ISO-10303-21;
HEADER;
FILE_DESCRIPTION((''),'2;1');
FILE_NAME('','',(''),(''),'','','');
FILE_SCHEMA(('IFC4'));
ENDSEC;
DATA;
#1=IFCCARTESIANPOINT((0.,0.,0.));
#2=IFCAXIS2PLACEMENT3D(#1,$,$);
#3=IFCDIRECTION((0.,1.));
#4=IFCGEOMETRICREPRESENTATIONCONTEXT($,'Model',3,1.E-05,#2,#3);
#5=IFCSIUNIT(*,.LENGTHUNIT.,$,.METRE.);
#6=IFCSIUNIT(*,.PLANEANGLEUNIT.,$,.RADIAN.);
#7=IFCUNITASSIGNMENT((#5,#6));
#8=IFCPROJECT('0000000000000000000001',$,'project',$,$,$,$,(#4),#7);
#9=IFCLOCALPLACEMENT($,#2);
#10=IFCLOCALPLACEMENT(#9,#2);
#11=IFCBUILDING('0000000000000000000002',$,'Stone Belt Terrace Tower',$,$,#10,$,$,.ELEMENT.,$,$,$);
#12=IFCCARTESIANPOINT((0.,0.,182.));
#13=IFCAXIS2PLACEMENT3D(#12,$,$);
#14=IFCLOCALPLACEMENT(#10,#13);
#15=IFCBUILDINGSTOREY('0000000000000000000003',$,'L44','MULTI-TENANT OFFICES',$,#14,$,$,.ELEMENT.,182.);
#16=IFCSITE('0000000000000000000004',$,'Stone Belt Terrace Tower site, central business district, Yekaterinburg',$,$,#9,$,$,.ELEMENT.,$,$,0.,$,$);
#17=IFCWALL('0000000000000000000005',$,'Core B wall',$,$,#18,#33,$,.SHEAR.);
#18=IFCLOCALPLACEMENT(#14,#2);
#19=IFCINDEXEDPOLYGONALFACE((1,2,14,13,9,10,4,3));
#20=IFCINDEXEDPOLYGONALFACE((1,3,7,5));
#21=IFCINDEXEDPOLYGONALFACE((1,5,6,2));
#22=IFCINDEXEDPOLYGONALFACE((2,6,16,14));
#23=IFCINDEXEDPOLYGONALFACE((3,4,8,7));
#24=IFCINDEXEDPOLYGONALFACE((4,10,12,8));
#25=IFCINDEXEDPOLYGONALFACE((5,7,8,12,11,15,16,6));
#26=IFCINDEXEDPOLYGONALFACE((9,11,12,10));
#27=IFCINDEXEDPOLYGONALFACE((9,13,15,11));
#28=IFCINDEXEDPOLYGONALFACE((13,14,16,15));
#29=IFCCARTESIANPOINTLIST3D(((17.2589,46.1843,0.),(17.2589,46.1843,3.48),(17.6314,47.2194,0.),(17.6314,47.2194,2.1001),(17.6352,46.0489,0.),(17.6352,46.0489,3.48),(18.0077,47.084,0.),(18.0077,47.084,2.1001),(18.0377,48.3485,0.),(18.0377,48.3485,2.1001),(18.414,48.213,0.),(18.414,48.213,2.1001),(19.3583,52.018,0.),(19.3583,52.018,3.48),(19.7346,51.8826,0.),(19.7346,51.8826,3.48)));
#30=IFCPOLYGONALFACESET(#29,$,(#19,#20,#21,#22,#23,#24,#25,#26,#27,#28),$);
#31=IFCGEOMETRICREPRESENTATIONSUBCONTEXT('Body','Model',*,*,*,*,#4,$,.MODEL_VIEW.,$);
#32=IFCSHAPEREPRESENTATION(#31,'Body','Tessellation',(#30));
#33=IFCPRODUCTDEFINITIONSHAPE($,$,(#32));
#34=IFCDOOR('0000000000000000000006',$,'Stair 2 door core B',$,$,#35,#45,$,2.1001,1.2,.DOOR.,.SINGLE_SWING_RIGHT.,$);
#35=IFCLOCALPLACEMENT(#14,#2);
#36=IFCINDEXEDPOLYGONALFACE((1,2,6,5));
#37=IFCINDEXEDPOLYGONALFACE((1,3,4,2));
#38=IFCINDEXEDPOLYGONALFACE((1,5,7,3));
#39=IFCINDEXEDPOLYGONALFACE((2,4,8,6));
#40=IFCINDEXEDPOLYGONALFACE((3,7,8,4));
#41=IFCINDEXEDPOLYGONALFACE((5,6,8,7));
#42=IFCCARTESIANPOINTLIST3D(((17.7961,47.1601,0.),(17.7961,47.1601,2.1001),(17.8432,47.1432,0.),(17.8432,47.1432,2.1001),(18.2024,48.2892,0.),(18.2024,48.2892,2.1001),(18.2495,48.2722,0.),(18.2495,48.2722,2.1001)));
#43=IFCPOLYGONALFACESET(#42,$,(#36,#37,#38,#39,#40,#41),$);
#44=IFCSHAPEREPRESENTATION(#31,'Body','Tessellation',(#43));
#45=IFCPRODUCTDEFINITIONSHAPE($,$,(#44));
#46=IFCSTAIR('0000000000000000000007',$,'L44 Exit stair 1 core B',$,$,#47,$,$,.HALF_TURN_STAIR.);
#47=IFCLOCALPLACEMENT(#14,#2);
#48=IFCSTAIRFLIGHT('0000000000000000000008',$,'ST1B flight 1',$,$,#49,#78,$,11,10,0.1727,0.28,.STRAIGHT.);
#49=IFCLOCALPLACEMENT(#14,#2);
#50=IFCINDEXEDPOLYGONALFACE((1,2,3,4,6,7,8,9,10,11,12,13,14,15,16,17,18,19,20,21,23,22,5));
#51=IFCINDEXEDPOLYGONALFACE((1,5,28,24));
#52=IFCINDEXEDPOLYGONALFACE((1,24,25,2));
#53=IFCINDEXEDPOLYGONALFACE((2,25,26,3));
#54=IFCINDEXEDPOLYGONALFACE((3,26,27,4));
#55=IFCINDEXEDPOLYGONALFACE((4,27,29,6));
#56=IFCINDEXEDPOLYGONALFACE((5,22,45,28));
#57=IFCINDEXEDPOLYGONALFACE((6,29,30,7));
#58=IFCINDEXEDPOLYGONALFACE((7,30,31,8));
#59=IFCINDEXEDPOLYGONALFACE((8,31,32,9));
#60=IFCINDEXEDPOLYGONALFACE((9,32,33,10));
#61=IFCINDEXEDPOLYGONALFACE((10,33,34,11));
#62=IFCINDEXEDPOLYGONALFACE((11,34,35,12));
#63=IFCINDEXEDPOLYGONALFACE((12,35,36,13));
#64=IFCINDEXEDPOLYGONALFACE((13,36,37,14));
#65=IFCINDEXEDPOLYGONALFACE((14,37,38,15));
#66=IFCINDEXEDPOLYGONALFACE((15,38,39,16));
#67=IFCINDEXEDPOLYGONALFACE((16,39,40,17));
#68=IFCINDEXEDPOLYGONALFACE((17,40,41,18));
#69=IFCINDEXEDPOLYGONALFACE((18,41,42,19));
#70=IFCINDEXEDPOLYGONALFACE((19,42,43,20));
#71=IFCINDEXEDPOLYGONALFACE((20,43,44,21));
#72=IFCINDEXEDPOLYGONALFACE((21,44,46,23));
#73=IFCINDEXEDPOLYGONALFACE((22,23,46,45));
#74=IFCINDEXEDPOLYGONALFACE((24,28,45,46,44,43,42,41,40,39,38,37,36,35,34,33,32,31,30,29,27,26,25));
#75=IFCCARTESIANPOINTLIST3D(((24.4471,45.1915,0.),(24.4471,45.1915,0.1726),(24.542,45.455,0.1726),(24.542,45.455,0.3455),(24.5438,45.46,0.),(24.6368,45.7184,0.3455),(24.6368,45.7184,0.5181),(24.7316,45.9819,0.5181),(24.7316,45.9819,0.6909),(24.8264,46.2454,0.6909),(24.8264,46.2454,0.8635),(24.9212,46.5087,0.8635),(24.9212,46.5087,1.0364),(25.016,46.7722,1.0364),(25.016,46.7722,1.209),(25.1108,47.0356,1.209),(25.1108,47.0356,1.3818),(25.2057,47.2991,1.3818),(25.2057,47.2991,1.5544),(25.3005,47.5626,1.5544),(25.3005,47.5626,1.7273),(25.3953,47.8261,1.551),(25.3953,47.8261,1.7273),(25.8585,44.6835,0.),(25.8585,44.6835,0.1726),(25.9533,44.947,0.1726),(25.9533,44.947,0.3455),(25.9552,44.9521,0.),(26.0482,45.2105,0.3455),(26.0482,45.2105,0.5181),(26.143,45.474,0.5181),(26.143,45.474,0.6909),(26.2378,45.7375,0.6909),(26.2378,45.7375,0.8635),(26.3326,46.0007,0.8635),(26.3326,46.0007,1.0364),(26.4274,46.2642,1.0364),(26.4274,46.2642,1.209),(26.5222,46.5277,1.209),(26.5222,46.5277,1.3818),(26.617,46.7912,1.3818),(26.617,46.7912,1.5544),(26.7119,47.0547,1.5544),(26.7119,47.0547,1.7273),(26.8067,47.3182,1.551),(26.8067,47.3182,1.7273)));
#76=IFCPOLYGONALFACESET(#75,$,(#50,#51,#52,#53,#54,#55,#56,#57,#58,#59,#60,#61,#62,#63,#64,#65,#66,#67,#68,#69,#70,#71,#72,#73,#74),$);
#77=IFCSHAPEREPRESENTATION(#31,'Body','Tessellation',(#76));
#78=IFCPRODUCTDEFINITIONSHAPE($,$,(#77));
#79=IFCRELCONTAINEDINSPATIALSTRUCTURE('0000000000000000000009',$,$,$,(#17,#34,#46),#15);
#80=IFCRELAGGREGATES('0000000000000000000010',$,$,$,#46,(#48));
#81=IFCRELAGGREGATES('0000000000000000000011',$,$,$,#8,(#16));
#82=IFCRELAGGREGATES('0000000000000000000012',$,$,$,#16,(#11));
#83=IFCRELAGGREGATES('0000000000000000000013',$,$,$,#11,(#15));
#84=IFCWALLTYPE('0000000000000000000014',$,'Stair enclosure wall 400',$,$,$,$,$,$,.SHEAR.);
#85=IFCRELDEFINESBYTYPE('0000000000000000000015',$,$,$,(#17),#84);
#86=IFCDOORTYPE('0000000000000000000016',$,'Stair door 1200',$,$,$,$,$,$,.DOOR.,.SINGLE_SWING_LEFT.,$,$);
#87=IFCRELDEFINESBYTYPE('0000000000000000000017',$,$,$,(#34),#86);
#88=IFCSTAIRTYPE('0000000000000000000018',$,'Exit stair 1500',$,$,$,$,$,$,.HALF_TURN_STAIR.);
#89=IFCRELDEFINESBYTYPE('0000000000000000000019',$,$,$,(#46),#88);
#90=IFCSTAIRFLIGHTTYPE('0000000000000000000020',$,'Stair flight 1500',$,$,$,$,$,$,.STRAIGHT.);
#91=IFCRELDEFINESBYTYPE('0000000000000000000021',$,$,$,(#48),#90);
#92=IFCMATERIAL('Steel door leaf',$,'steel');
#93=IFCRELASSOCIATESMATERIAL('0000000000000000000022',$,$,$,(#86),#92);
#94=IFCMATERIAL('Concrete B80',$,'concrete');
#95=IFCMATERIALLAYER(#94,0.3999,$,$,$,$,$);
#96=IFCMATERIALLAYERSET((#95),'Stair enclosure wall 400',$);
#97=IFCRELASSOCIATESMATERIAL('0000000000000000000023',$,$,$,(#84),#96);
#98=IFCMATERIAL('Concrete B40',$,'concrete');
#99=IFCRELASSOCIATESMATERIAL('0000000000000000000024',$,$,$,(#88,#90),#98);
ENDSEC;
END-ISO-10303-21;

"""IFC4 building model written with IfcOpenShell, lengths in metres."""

from ifc_helpers import new_model, si_unit, direction, frame, frame_2d, origin, place, context, subcontext, project, spatial, polyline, rectangle, outline, extrude, material, layer, layer_set, type_object, element, fill, aggregate, save


model = new_model("IFC4")

# Units and contexts
model_context = context("Model", 3, precision=1e-05, world=origin(), true_north=direction((0.0, 1.0)))
body_context = subcontext(model_context, "Body", "Model", "MODEL_VIEW")
ifc_project = project(units=[si_unit("LENGTHUNIT", "METRE"), si_unit("PLANEANGLEUNIT", "RADIAN")], contexts=[model_context])

# Site, building, storey
site_placement = place(None, origin())
site = spatial("IfcSite", under=ifc_project, at=site_placement, Name="Stone Belt Terrace Tower site, central business district, Yekaterinburg", CompositionType="ELEMENT", RefElevation=0.0)
building_placement = place(site_placement, origin())
building = spatial("IfcBuilding", under=site, at=building_placement, Name="Stone Belt Terrace Tower", CompositionType="ELEMENT")
storey_placement = place(building_placement, frame((0.0, 0.0, 182.0)))
storey = spatial("IfcBuildingStorey", under=building, at=storey_placement, Name="L44", Description="MULTI-TENANT OFFICES", CompositionType="ELEMENT", Elevation=182.0)

# Shared definitions
ifc_material_1 = material(Name="Concrete B80", Category="concrete")

# Wall, opening, door
ifc_material_2 = material(Name="Steel door leaf", Category="steel")
door_type_1 = type_object("IfcDoorType", Name="Stair door 1200", OperationType="SINGLE_SWING_LEFT", PredefinedType="DOOR", material=ifc_material_2)
ifc_layer_1 = layer(ifc_material_1, 0.3999)
ifc_layer_set_1 = layer_set([ifc_layer_1], Name="Stair enclosure wall 400")
wall_type_1 = type_object("IfcWallType", Name="Stair enclosure wall 400", PredefinedType="SHEAR", material=ifc_layer_set_1)
wall_1_placement = place(storey_placement, frame((17.447, 46.1165, 0.0), z_axis=(0.0, 0.0, 1.0), x_axis=(0.338608, 0.940928, 0.0)))
wall_1 = element("IfcWall", 1, at=wall_1_placement, inside=storey, type_object=wall_type_1, Name="Core B wall", PredefinedType="SHEAR", context=body_context, shape_type="SweptSolid", body=[
    extrude(rectangle(XDim=6.2, YDim=0.3999, at=frame_2d((3.1001, 0.0))), origin(), (0.0, 0.0, 1.0), 3.48),
])
opening_1_placement = place(wall_1_placement, frame((1.1001, 0.0, 0.0)))
opening_1 = element("IfcOpeningElement", 2, at=opening_1_placement, cuts=wall_1, PredefinedType="OPENING", context=body_context, shape_type="SweptSolid", body=[
    extrude(rectangle(XDim=1.2, YDim=2.1001, at=frame_2d((0.6001, 1.05))), frame((0.0, 0.21, 0.0), z_axis=(0.0, -1.0, 0.0), x_axis=(1.0, 0.0, 0.0)), (0.0, 0.0, 1.0), 0.4199),
])
door_1_placement = place(opening_1_placement, origin())
door_1 = element("IfcDoor", 3, at=door_1_placement, inside=storey, type_object=door_type_1, Name="Stair 2 door core B", OperationType="SINGLE_SWING_RIGHT", OverallHeight=2.1001, OverallWidth=1.2, PredefinedType="DOOR", context=body_context, shape_type="SweptSolid", body=[
    extrude(rectangle(XDim=1.2, YDim=2.1001, at=frame_2d((0.6001, 1.05))), frame((0.0, 0.0249, 0.0), z_axis=(0.0, -1.0, 0.0), x_axis=(1.0, 0.0, 0.0)), (0.0, 0.0, 1.0), 0.05),
])
fill(opening_1, door_1)

# Stair, stair flight
ifc_material_3 = material(Name="Concrete B40", Category="concrete")
stair_type = type_object("IfcStairType", Name="Exit stair 1500", PredefinedType="HALF_TURN_STAIR", material=ifc_material_3)
stair_placement = place(storey_placement, origin())
stair = element("IfcStair", 4, at=stair_placement, inside=storey, type_object=stair_type, Name="L44 Exit stair 1 core B", PredefinedType="HALF_TURN_STAIR")
stair_flight_type = type_object("IfcStairFlightType", Name="Stair flight 1500", PredefinedType="STRAIGHT", material=ifc_material_3)
stair_flight_placement = place(storey_placement, frame((25.1528, 44.9375, 0.0), z_axis=(0.0, 0.0, 1.0), x_axis=(0.338624, 0.940922, 0.0)))
stair_flight = element("IfcStairFlight", 5, at=stair_flight_placement, type_object=stair_flight_type, Name="ST1B flight 1", NumberOfRisers=11, NumberOfTreads=10, PredefinedType="STRAIGHT", RiserHeight=0.1727, TreadLength=0.28, context=body_context, shape_type="SweptSolid", body=[
    extrude(outline(polyline([(0.0, 0.0), (0.0, 0.1726), (0.28, 0.1726), (0.28, 0.3455), (0.5601, 0.3455), (0.5601, 0.5181), (0.8401, 0.5181), (0.8401, 0.6909), (1.1201, 0.6909), (1.1201, 0.8635), (1.3999, 0.8635), (1.3999, 1.0364), (1.6799, 1.0364), (1.6799, 1.209), (1.96, 1.209), (1.96, 1.3818), (2.24, 1.3818), (2.24, 1.5544), (2.52, 1.5544), (2.52, 1.7273), (2.8, 1.7273), (2.8, 1.8999), (2.8, 1.551), (0.2854, 0.0), (0.0, 0.0)])), frame((0.0, 0.75, 0.0), z_axis=(0.0, -1.0, 0.0), x_axis=(1.0, 0.0, 0.0)), (0.0, 0.0, 1.0), 1.5),
])
aggregate(stair, [stair_flight])

save(model, "model.ifc")
